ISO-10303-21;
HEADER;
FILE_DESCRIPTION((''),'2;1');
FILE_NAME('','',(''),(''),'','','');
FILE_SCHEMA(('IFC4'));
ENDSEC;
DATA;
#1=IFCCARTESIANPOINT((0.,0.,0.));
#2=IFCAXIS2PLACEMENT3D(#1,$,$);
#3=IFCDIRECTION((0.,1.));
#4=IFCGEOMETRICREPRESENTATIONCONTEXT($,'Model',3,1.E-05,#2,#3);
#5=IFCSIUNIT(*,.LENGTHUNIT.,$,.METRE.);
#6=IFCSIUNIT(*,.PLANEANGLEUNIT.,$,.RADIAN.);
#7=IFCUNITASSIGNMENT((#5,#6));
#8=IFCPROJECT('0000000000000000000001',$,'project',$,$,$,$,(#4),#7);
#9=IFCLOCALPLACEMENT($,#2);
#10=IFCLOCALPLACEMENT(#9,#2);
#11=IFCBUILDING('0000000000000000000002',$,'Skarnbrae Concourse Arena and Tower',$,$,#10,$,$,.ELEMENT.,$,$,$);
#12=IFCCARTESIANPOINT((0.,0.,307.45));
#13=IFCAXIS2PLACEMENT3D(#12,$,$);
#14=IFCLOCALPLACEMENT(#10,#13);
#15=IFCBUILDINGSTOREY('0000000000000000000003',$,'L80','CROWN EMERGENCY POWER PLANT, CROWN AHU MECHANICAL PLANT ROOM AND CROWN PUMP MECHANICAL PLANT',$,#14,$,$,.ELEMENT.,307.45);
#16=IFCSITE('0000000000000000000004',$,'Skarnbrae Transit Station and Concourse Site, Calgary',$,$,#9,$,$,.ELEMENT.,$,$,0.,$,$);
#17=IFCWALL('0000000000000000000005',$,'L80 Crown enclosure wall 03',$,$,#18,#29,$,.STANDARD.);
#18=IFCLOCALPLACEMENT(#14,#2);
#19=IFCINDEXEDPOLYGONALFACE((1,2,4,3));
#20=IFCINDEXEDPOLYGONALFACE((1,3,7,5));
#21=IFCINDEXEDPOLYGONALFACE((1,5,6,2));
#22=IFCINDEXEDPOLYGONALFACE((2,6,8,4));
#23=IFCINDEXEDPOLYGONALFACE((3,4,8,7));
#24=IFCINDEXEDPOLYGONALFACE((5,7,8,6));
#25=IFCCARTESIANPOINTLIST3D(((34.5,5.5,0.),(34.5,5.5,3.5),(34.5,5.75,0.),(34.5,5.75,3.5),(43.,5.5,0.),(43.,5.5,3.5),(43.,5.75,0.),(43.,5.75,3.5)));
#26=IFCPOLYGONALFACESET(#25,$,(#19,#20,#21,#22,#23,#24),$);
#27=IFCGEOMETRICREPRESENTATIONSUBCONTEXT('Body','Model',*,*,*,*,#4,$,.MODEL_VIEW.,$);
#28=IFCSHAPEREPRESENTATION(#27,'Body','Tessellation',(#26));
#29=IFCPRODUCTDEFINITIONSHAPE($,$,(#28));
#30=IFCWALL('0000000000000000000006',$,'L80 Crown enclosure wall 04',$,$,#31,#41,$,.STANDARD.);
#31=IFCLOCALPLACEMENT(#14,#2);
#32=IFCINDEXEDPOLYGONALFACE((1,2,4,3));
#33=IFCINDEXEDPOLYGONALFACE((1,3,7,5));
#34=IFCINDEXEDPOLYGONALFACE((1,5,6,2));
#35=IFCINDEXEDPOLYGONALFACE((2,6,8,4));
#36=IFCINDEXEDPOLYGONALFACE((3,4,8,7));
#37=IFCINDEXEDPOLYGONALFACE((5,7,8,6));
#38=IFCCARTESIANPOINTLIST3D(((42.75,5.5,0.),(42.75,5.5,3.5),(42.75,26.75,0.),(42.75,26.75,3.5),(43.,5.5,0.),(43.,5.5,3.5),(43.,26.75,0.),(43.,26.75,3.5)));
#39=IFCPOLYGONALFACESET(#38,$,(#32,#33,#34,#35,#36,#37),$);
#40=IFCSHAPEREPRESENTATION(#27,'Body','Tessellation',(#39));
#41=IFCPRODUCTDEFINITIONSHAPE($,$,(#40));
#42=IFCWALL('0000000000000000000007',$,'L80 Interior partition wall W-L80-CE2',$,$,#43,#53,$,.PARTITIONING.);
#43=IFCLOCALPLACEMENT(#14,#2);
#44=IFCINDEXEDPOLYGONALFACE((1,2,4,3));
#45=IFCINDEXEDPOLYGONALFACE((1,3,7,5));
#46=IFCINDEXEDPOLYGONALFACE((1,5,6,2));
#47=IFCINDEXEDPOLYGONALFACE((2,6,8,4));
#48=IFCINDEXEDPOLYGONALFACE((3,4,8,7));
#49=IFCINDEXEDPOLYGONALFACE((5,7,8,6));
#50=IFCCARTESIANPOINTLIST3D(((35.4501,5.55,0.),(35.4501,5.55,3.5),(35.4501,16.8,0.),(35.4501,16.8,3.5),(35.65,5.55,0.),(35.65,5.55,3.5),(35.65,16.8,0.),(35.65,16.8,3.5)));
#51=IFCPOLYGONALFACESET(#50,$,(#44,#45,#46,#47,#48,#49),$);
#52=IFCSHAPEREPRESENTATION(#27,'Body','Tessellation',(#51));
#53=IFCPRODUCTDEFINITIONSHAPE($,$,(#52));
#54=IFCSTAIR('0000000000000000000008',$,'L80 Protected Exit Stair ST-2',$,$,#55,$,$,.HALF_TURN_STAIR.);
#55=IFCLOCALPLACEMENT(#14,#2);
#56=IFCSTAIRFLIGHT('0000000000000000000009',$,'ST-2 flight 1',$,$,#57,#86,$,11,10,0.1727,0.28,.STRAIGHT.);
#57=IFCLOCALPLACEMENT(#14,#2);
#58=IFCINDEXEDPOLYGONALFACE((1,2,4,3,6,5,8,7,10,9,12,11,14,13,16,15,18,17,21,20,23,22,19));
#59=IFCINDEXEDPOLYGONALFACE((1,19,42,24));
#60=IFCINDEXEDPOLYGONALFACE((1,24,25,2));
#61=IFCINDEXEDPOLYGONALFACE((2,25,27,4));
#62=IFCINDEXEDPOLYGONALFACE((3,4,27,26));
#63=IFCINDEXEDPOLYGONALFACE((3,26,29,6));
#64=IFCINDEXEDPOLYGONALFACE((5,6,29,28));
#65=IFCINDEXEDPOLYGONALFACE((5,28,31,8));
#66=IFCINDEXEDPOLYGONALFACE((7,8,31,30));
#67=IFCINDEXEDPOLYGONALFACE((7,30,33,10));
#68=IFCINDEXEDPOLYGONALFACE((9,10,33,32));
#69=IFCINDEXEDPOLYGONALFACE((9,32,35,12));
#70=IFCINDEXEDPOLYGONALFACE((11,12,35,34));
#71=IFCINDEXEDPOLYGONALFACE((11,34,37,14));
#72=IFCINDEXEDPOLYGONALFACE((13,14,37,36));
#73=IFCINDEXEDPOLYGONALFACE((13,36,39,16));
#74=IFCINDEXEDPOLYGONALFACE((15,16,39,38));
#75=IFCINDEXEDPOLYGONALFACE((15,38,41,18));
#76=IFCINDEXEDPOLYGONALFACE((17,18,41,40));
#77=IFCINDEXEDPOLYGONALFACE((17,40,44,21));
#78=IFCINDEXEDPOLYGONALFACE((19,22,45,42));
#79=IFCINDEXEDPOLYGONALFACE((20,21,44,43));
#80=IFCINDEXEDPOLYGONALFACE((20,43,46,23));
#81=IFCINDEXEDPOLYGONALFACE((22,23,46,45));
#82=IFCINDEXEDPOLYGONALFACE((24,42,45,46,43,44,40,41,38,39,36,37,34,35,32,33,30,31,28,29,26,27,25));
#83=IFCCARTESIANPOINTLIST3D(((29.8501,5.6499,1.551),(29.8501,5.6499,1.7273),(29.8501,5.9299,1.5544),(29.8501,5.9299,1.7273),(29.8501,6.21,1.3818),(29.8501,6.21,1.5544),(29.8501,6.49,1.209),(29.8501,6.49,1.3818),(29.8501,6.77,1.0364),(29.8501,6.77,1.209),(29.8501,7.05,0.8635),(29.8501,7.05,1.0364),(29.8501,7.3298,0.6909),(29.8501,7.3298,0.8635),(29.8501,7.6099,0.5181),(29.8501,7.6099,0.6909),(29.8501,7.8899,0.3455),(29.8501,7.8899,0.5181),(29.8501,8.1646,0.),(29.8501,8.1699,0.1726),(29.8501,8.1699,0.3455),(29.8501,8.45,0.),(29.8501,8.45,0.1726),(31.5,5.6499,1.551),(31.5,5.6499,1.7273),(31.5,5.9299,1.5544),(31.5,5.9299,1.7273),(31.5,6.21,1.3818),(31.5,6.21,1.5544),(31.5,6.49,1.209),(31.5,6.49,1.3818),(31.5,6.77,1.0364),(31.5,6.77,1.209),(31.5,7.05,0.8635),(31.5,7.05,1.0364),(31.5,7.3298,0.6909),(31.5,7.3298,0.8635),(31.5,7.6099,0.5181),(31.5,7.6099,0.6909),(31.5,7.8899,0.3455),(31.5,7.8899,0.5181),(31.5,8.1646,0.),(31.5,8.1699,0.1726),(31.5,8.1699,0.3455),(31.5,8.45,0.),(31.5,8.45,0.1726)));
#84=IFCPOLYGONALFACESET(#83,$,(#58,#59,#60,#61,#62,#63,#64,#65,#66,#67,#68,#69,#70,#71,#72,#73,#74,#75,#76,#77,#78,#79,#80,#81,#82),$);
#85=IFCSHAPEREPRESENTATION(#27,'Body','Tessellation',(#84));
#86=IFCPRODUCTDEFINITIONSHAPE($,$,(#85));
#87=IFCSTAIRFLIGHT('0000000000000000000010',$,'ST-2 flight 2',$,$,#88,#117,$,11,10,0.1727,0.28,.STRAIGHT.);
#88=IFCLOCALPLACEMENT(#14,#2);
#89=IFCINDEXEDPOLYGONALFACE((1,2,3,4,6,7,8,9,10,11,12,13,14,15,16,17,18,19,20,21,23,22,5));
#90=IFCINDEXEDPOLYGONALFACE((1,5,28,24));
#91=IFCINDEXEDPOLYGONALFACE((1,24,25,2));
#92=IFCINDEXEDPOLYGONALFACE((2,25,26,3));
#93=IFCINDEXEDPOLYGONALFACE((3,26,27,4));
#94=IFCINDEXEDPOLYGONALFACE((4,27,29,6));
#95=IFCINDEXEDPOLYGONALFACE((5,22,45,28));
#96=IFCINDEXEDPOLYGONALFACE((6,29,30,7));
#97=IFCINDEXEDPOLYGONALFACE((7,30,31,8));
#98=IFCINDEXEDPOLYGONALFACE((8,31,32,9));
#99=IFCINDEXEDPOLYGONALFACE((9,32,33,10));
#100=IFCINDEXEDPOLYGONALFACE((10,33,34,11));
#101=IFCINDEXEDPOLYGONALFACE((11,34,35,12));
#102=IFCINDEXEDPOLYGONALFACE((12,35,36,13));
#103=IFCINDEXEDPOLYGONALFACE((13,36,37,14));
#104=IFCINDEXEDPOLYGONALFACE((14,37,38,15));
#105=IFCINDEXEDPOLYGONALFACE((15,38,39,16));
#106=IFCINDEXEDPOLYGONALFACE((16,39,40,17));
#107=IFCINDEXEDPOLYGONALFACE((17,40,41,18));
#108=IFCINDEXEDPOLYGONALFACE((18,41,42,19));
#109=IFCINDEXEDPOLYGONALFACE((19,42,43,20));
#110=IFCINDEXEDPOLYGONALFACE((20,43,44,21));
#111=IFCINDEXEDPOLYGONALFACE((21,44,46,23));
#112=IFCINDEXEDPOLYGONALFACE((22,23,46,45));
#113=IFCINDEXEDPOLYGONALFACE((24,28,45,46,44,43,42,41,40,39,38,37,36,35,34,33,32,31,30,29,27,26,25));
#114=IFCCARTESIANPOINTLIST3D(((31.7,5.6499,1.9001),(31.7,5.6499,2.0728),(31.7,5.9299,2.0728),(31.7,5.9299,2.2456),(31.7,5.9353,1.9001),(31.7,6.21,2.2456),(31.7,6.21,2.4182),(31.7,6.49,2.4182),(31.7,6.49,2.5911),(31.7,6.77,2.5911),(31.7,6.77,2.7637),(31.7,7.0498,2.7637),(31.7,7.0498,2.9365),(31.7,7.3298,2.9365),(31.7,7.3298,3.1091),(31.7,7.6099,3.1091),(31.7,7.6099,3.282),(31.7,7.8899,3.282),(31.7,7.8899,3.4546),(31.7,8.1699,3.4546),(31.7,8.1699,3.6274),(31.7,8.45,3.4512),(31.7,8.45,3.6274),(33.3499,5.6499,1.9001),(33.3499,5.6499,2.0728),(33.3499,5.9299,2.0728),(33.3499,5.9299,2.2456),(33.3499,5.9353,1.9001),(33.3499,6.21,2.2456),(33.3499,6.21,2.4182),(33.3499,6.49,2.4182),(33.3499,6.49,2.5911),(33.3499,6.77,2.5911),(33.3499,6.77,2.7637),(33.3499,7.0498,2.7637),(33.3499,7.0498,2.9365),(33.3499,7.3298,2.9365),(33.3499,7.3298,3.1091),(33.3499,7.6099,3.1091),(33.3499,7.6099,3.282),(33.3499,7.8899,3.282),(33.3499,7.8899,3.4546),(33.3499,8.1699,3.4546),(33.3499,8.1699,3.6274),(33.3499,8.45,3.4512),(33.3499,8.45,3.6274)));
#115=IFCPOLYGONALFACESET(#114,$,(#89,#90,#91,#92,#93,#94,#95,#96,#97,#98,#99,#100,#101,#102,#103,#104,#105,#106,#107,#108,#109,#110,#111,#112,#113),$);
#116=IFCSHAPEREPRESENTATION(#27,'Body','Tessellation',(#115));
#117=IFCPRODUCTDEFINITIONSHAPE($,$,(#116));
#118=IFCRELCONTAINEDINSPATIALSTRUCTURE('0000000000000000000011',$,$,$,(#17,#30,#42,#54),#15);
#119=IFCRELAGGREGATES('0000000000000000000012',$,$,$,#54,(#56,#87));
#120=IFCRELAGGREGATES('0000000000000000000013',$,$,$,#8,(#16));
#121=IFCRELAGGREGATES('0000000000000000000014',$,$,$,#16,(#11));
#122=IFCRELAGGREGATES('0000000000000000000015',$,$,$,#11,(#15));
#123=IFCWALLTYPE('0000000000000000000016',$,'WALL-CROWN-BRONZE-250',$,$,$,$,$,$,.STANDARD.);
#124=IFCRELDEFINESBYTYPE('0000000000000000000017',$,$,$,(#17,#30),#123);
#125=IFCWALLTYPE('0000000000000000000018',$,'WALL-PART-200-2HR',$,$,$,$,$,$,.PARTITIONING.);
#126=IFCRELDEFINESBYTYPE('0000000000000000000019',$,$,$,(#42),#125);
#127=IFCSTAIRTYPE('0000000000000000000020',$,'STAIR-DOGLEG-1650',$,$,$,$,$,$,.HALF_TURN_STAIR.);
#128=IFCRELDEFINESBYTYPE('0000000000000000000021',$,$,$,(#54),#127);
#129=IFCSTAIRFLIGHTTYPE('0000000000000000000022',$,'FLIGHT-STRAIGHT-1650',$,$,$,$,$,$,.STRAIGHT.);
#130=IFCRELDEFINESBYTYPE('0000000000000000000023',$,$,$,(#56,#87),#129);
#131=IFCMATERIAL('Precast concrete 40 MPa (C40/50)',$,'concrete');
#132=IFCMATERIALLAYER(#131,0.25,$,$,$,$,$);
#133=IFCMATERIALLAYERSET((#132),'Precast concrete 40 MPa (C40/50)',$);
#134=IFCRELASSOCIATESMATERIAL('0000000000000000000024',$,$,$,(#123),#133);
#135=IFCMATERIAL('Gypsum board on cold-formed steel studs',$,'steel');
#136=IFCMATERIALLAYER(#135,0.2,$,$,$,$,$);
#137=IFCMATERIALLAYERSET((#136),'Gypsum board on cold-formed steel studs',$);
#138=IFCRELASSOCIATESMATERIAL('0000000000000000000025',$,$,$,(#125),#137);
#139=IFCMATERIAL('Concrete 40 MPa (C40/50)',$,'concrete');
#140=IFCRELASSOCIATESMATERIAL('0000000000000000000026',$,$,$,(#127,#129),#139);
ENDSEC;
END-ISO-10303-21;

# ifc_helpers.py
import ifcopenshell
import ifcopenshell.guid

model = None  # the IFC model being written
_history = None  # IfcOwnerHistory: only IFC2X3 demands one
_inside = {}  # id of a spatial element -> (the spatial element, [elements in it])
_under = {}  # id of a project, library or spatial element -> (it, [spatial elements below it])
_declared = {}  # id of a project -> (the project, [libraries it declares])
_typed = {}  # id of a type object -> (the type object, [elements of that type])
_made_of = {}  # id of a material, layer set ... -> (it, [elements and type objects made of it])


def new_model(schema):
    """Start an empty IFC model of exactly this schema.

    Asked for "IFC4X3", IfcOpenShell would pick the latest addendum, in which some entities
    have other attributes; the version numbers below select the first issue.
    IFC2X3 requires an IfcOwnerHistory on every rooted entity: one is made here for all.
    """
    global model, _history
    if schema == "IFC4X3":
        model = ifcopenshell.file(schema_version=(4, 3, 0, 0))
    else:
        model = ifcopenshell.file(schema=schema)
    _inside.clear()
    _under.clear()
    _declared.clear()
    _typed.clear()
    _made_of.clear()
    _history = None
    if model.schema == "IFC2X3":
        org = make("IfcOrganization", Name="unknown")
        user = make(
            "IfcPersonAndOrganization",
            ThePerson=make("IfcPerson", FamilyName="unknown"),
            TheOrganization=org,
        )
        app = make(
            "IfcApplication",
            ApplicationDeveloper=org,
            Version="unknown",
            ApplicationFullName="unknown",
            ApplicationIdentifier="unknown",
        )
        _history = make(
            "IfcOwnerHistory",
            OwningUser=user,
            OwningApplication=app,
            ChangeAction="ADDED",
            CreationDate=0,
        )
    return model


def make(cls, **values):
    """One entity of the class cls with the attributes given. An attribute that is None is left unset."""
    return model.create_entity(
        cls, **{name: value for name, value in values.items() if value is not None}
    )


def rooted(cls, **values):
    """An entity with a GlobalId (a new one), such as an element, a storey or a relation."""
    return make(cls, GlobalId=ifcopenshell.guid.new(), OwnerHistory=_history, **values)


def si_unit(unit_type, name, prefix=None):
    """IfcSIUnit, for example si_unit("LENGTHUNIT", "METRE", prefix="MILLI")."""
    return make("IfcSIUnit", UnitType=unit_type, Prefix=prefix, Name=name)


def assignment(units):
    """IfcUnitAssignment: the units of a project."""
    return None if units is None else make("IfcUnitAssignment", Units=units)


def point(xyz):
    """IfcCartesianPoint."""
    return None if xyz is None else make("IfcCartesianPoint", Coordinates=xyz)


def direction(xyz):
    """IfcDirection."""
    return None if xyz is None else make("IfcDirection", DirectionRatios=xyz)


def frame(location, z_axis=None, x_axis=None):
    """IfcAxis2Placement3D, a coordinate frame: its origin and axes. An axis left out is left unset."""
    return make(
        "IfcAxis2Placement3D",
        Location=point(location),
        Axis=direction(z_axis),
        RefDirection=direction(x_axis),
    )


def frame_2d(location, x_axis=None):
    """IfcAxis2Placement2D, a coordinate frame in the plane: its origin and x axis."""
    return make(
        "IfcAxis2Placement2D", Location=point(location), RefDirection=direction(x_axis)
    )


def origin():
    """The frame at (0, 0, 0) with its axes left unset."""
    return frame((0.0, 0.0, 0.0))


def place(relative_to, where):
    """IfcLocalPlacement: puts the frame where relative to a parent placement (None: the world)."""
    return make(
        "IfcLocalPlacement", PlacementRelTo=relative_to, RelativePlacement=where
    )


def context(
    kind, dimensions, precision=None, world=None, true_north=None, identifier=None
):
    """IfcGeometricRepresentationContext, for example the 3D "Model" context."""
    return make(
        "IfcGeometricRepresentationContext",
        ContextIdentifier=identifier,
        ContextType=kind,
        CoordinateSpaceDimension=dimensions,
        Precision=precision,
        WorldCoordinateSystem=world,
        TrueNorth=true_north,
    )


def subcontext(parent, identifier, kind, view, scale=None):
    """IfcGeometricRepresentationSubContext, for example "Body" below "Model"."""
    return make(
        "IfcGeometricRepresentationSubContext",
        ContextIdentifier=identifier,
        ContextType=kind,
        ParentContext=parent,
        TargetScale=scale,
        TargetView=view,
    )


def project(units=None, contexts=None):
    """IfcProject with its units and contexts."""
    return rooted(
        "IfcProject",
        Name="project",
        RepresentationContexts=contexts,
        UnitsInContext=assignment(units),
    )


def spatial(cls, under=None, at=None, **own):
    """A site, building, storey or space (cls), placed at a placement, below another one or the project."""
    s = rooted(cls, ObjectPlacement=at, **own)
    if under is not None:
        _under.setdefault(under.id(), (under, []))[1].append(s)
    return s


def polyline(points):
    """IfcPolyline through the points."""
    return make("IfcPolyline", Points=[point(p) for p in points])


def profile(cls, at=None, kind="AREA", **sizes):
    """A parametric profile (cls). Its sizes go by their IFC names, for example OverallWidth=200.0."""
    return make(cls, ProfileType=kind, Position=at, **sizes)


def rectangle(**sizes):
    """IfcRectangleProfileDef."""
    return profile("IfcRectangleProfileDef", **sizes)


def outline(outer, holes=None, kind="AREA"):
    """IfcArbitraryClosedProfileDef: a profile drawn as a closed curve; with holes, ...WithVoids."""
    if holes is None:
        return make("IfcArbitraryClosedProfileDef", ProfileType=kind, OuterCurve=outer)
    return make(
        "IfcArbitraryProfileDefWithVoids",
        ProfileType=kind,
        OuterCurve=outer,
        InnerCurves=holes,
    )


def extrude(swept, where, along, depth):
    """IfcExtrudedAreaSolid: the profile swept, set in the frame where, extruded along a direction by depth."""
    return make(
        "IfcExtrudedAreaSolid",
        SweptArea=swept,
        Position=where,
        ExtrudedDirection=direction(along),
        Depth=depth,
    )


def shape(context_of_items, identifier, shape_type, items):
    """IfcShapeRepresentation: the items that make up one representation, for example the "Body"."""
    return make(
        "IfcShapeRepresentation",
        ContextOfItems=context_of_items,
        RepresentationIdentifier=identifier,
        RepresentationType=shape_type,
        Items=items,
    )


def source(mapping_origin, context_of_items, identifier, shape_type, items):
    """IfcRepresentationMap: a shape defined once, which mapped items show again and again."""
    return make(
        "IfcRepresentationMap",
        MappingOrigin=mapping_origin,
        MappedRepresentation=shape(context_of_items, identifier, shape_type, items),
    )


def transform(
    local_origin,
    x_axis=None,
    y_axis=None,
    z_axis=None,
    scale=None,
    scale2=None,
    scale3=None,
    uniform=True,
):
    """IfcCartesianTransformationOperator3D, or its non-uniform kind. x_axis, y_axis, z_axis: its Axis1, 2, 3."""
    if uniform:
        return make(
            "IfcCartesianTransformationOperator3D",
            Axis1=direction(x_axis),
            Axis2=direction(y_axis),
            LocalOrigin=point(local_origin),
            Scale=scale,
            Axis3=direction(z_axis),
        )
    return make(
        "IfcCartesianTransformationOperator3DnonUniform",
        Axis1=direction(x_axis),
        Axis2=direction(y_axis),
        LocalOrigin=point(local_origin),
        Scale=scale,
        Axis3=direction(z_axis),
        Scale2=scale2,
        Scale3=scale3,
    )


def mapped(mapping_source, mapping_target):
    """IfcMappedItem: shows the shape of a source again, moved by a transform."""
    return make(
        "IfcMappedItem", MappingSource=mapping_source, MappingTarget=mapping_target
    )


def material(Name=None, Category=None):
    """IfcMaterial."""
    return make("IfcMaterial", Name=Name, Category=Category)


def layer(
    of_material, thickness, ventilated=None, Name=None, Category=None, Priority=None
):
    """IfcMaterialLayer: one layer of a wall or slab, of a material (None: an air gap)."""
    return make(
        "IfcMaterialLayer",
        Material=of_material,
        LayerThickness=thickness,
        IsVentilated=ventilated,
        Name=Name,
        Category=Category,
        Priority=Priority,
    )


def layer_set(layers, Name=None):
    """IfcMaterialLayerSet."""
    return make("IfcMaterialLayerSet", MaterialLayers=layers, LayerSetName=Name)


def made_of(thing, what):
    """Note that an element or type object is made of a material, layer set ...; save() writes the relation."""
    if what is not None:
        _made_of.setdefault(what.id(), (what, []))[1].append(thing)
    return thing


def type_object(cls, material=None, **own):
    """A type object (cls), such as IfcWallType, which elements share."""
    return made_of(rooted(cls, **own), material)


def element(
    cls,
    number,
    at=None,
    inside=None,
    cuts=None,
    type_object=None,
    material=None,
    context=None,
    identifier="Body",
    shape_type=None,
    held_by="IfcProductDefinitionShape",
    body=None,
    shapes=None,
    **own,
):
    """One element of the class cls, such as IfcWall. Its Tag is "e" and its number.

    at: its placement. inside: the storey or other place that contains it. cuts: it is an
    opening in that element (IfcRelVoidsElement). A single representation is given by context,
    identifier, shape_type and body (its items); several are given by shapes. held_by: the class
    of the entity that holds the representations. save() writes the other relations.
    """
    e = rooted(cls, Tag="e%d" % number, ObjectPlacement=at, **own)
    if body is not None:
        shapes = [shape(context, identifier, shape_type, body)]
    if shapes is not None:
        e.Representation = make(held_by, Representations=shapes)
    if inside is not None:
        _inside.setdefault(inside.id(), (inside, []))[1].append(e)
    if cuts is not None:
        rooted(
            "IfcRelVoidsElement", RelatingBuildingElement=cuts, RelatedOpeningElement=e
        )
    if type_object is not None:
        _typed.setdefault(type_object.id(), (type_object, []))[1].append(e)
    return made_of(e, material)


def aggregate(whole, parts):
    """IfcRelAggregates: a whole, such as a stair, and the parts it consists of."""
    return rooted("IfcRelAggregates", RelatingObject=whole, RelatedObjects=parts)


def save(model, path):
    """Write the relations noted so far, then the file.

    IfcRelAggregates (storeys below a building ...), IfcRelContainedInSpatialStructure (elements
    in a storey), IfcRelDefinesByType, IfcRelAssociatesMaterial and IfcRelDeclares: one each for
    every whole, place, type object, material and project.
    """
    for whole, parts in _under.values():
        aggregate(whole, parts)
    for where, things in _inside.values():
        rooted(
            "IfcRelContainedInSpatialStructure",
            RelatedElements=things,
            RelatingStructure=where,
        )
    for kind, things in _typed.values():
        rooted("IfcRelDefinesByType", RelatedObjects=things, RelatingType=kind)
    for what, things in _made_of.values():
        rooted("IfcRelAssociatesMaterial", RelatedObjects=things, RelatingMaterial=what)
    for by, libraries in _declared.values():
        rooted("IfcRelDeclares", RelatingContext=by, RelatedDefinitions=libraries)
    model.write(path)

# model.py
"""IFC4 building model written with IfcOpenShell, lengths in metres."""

from ifc_helpers import new_model, si_unit, direction, frame, frame_2d, origin, place, context, subcontext, project, spatial, polyline, rectangle, outline, extrude, source, transform, mapped, material, layer, layer_set, type_object, element, aggregate, save


model = new_model("IFC4")

# Units and contexts
model_context = context("Model", 3, precision=1e-05, world=origin(), true_north=direction((0.0, 1.0)))
body_context = subcontext(model_context, "Body", "Model", "MODEL_VIEW")
ifc_project = project(units=[si_unit("LENGTHUNIT", "METRE"), si_unit("PLANEANGLEUNIT", "RADIAN")], contexts=[model_context])

# Site, building, storey
site_placement = place(None, origin())
site = spatial("IfcSite", under=ifc_project, at=site_placement, Name="Skarnbrae Transit Station and Concourse Site, Calgary", CompositionType="ELEMENT", RefElevation=0.0)
building_placement = place(site_placement, origin())
building = spatial("IfcBuilding", under=site, at=building_placement, Name="Skarnbrae Concourse Arena and Tower", CompositionType="ELEMENT")
storey_placement = place(building_placement, frame((0.0, 0.0, 307.45)))
storey = spatial("IfcBuildingStorey", under=building, at=storey_placement, Name="L80", Description="CROWN EMERGENCY POWER PLANT, CROWN AHU MECHANICAL PLANT ROOM AND CROWN PUMP MECHANICAL PLANT", CompositionType="ELEMENT", Elevation=307.45)

# Walls
ifc_material_1 = material(Name="Precast concrete 40 MPa (C40/50)", Category="concrete")
ifc_layer_1 = layer(ifc_material_1, 0.25)
ifc_layer_set_1 = layer_set([ifc_layer_1], Name="Precast concrete 40 MPa (C40/50)")
wall_type_1 = type_object("IfcWallType", Name="WALL-CROWN-BRONZE-250", PredefinedType="STANDARD", material=ifc_layer_set_1)
shared_shape_1 = source(origin(), body_context, "Body", "SweptSolid", [
    extrude(rectangle(XDim=8.5, YDim=0.25, at=frame_2d((4.25, 0.0))), origin(), (0.0, 0.0, 1.0), 3.5),
])
wall_1_placement = place(storey_placement, frame((34.5, 5.625, 0.0), z_axis=(0.0, 0.0, 1.0), x_axis=(1.0, 0.0, 0.0)))
element("IfcWall", 1, at=wall_1_placement, inside=storey, type_object=wall_type_1, Name="L80 Crown enclosure wall 03", PredefinedType="STANDARD", context=body_context, shape_type="MappedRepresentation", body=[
    mapped(shared_shape_1, transform((0.0, 0.0, 0.0))),
])
shared_shape_2 = source(origin(), body_context, "Body", "SweptSolid", [
    extrude(rectangle(XDim=21.25, YDim=0.25, at=frame_2d((10.625, 0.0))), origin(), (0.0, 0.0, 1.0), 3.5),
])
wall_2_placement = place(storey_placement, frame((42.875, 5.5, 0.0), z_axis=(0.0, 0.0, 1.0), x_axis=(0.0, 1.0, 0.0)))
element("IfcWall", 2, at=wall_2_placement, inside=storey, type_object=wall_type_1, Name="L80 Crown enclosure wall 04", PredefinedType="STANDARD", context=body_context, shape_type="MappedRepresentation", body=[
    mapped(shared_shape_2, transform((0.0, 0.0, 0.0))),
])
ifc_material_2 = material(Name="Gypsum board on cold-formed steel studs", Category="steel")
ifc_layer_2 = layer(ifc_material_2, 0.2)
ifc_layer_set_2 = layer_set([ifc_layer_2], Name="Gypsum board on cold-formed steel studs")
wall_type_2 = type_object("IfcWallType", Name="WALL-PART-200-2HR", PredefinedType="PARTITIONING", material=ifc_layer_set_2)
shared_shape_3 = source(origin(), body_context, "Body", "SweptSolid", [
    extrude(rectangle(XDim=11.25, YDim=0.2, at=frame_2d((5.625, 0.0))), origin(), (0.0, 0.0, 1.0), 3.5),
])
wall_3_placement = place(storey_placement, frame((35.55, 5.55, 0.0), z_axis=(0.0, 0.0, 1.0), x_axis=(0.0, 1.0, 0.0)))
element("IfcWall", 3, at=wall_3_placement, inside=storey, type_object=wall_type_2, Name="L80 Interior partition wall W-L80-CE2", PredefinedType="PARTITIONING", context=body_context, shape_type="MappedRepresentation", body=[
    mapped(shared_shape_3, transform((0.0, 0.0, 0.0))),
])

# Stair, stair flights
ifc_material_3 = material(Name="Concrete 40 MPa (C40/50)", Category="concrete")
stair_type = type_object("IfcStairType", Name="STAIR-DOGLEG-1650", PredefinedType="HALF_TURN_STAIR", material=ifc_material_3)
stair_placement = place(storey_placement, origin())
stair = element("IfcStair", 4, at=stair_placement, inside=storey, type_object=stair_type, Name="L80 Protected Exit Stair ST-2", PredefinedType="HALF_TURN_STAIR")
stair_flight_type = type_object("IfcStairFlightType", Name="FLIGHT-STRAIGHT-1650", PredefinedType="STRAIGHT", material=ifc_material_3)
shared_shape_4 = source(origin(), body_context, "Body", "SweptSolid", [
    extrude(outline(polyline([(0.0, 0.0), (0.0, 0.1726), (0.28, 0.1726), (0.28, 0.3455), (0.5601, 0.3455), (0.5601, 0.5181), (0.8401, 0.5181), (0.8401, 0.6909), (1.1201, 0.6909), (1.1201, 0.8635), (1.3999, 0.8635), (1.3999, 1.0364), (1.6799, 1.0364), (1.6799, 1.209), (1.96, 1.209), (1.96, 1.3818), (2.24, 1.3818), (2.24, 1.5544), (2.52, 1.5544), (2.52, 1.7273), (2.8, 1.7273), (2.8, 1.8999), (2.8, 1.551), (0.2854, 0.0), (0.0, 0.0)])), frame((0.0, 0.825, 0.0), z_axis=(0.0, -1.0, 0.0), x_axis=(1.0, 0.0, 0.0)), (0.0, 0.0, 1.0), 1.6499),
])
stair_flight_1_placement = place(storey_placement, frame((30.675, 8.45, 0.0), z_axis=(0.0, 0.0, 1.0), x_axis=(0.0, -1.0, 0.0)))
stair_flight_1 = element("IfcStairFlight", 5, at=stair_flight_1_placement, type_object=stair_flight_type, Name="ST-2 flight 1", NumberOfRisers=11, NumberOfTreads=10, PredefinedType="STRAIGHT", RiserHeight=0.1727, TreadLength=0.28, context=body_context, shape_type="MappedRepresentation", body=[
    mapped(shared_shape_4, transform((0.0, 0.0, 0.0))),
])
stair_flight_2_placement = place(storey_placement, frame((32.5249, 5.6499, 1.9001), z_axis=(0.0, 0.0, 1.0), x_axis=(0.0, 1.0, 0.0)))
stair_flight_2 = element("IfcStairFlight", 6, at=stair_flight_2_placement, type_object=stair_flight_type, Name="ST-2 flight 2", NumberOfRisers=11, NumberOfTreads=10, PredefinedType="STRAIGHT", RiserHeight=0.1727, TreadLength=0.28, context=body_context, shape_type="MappedRepresentation", body=[
    mapped(shared_shape_4, transform((0.0, 0.0, 0.0))),
])
aggregate(stair, [stair_flight_1, stair_flight_2])

save(model, "model.ifc")
